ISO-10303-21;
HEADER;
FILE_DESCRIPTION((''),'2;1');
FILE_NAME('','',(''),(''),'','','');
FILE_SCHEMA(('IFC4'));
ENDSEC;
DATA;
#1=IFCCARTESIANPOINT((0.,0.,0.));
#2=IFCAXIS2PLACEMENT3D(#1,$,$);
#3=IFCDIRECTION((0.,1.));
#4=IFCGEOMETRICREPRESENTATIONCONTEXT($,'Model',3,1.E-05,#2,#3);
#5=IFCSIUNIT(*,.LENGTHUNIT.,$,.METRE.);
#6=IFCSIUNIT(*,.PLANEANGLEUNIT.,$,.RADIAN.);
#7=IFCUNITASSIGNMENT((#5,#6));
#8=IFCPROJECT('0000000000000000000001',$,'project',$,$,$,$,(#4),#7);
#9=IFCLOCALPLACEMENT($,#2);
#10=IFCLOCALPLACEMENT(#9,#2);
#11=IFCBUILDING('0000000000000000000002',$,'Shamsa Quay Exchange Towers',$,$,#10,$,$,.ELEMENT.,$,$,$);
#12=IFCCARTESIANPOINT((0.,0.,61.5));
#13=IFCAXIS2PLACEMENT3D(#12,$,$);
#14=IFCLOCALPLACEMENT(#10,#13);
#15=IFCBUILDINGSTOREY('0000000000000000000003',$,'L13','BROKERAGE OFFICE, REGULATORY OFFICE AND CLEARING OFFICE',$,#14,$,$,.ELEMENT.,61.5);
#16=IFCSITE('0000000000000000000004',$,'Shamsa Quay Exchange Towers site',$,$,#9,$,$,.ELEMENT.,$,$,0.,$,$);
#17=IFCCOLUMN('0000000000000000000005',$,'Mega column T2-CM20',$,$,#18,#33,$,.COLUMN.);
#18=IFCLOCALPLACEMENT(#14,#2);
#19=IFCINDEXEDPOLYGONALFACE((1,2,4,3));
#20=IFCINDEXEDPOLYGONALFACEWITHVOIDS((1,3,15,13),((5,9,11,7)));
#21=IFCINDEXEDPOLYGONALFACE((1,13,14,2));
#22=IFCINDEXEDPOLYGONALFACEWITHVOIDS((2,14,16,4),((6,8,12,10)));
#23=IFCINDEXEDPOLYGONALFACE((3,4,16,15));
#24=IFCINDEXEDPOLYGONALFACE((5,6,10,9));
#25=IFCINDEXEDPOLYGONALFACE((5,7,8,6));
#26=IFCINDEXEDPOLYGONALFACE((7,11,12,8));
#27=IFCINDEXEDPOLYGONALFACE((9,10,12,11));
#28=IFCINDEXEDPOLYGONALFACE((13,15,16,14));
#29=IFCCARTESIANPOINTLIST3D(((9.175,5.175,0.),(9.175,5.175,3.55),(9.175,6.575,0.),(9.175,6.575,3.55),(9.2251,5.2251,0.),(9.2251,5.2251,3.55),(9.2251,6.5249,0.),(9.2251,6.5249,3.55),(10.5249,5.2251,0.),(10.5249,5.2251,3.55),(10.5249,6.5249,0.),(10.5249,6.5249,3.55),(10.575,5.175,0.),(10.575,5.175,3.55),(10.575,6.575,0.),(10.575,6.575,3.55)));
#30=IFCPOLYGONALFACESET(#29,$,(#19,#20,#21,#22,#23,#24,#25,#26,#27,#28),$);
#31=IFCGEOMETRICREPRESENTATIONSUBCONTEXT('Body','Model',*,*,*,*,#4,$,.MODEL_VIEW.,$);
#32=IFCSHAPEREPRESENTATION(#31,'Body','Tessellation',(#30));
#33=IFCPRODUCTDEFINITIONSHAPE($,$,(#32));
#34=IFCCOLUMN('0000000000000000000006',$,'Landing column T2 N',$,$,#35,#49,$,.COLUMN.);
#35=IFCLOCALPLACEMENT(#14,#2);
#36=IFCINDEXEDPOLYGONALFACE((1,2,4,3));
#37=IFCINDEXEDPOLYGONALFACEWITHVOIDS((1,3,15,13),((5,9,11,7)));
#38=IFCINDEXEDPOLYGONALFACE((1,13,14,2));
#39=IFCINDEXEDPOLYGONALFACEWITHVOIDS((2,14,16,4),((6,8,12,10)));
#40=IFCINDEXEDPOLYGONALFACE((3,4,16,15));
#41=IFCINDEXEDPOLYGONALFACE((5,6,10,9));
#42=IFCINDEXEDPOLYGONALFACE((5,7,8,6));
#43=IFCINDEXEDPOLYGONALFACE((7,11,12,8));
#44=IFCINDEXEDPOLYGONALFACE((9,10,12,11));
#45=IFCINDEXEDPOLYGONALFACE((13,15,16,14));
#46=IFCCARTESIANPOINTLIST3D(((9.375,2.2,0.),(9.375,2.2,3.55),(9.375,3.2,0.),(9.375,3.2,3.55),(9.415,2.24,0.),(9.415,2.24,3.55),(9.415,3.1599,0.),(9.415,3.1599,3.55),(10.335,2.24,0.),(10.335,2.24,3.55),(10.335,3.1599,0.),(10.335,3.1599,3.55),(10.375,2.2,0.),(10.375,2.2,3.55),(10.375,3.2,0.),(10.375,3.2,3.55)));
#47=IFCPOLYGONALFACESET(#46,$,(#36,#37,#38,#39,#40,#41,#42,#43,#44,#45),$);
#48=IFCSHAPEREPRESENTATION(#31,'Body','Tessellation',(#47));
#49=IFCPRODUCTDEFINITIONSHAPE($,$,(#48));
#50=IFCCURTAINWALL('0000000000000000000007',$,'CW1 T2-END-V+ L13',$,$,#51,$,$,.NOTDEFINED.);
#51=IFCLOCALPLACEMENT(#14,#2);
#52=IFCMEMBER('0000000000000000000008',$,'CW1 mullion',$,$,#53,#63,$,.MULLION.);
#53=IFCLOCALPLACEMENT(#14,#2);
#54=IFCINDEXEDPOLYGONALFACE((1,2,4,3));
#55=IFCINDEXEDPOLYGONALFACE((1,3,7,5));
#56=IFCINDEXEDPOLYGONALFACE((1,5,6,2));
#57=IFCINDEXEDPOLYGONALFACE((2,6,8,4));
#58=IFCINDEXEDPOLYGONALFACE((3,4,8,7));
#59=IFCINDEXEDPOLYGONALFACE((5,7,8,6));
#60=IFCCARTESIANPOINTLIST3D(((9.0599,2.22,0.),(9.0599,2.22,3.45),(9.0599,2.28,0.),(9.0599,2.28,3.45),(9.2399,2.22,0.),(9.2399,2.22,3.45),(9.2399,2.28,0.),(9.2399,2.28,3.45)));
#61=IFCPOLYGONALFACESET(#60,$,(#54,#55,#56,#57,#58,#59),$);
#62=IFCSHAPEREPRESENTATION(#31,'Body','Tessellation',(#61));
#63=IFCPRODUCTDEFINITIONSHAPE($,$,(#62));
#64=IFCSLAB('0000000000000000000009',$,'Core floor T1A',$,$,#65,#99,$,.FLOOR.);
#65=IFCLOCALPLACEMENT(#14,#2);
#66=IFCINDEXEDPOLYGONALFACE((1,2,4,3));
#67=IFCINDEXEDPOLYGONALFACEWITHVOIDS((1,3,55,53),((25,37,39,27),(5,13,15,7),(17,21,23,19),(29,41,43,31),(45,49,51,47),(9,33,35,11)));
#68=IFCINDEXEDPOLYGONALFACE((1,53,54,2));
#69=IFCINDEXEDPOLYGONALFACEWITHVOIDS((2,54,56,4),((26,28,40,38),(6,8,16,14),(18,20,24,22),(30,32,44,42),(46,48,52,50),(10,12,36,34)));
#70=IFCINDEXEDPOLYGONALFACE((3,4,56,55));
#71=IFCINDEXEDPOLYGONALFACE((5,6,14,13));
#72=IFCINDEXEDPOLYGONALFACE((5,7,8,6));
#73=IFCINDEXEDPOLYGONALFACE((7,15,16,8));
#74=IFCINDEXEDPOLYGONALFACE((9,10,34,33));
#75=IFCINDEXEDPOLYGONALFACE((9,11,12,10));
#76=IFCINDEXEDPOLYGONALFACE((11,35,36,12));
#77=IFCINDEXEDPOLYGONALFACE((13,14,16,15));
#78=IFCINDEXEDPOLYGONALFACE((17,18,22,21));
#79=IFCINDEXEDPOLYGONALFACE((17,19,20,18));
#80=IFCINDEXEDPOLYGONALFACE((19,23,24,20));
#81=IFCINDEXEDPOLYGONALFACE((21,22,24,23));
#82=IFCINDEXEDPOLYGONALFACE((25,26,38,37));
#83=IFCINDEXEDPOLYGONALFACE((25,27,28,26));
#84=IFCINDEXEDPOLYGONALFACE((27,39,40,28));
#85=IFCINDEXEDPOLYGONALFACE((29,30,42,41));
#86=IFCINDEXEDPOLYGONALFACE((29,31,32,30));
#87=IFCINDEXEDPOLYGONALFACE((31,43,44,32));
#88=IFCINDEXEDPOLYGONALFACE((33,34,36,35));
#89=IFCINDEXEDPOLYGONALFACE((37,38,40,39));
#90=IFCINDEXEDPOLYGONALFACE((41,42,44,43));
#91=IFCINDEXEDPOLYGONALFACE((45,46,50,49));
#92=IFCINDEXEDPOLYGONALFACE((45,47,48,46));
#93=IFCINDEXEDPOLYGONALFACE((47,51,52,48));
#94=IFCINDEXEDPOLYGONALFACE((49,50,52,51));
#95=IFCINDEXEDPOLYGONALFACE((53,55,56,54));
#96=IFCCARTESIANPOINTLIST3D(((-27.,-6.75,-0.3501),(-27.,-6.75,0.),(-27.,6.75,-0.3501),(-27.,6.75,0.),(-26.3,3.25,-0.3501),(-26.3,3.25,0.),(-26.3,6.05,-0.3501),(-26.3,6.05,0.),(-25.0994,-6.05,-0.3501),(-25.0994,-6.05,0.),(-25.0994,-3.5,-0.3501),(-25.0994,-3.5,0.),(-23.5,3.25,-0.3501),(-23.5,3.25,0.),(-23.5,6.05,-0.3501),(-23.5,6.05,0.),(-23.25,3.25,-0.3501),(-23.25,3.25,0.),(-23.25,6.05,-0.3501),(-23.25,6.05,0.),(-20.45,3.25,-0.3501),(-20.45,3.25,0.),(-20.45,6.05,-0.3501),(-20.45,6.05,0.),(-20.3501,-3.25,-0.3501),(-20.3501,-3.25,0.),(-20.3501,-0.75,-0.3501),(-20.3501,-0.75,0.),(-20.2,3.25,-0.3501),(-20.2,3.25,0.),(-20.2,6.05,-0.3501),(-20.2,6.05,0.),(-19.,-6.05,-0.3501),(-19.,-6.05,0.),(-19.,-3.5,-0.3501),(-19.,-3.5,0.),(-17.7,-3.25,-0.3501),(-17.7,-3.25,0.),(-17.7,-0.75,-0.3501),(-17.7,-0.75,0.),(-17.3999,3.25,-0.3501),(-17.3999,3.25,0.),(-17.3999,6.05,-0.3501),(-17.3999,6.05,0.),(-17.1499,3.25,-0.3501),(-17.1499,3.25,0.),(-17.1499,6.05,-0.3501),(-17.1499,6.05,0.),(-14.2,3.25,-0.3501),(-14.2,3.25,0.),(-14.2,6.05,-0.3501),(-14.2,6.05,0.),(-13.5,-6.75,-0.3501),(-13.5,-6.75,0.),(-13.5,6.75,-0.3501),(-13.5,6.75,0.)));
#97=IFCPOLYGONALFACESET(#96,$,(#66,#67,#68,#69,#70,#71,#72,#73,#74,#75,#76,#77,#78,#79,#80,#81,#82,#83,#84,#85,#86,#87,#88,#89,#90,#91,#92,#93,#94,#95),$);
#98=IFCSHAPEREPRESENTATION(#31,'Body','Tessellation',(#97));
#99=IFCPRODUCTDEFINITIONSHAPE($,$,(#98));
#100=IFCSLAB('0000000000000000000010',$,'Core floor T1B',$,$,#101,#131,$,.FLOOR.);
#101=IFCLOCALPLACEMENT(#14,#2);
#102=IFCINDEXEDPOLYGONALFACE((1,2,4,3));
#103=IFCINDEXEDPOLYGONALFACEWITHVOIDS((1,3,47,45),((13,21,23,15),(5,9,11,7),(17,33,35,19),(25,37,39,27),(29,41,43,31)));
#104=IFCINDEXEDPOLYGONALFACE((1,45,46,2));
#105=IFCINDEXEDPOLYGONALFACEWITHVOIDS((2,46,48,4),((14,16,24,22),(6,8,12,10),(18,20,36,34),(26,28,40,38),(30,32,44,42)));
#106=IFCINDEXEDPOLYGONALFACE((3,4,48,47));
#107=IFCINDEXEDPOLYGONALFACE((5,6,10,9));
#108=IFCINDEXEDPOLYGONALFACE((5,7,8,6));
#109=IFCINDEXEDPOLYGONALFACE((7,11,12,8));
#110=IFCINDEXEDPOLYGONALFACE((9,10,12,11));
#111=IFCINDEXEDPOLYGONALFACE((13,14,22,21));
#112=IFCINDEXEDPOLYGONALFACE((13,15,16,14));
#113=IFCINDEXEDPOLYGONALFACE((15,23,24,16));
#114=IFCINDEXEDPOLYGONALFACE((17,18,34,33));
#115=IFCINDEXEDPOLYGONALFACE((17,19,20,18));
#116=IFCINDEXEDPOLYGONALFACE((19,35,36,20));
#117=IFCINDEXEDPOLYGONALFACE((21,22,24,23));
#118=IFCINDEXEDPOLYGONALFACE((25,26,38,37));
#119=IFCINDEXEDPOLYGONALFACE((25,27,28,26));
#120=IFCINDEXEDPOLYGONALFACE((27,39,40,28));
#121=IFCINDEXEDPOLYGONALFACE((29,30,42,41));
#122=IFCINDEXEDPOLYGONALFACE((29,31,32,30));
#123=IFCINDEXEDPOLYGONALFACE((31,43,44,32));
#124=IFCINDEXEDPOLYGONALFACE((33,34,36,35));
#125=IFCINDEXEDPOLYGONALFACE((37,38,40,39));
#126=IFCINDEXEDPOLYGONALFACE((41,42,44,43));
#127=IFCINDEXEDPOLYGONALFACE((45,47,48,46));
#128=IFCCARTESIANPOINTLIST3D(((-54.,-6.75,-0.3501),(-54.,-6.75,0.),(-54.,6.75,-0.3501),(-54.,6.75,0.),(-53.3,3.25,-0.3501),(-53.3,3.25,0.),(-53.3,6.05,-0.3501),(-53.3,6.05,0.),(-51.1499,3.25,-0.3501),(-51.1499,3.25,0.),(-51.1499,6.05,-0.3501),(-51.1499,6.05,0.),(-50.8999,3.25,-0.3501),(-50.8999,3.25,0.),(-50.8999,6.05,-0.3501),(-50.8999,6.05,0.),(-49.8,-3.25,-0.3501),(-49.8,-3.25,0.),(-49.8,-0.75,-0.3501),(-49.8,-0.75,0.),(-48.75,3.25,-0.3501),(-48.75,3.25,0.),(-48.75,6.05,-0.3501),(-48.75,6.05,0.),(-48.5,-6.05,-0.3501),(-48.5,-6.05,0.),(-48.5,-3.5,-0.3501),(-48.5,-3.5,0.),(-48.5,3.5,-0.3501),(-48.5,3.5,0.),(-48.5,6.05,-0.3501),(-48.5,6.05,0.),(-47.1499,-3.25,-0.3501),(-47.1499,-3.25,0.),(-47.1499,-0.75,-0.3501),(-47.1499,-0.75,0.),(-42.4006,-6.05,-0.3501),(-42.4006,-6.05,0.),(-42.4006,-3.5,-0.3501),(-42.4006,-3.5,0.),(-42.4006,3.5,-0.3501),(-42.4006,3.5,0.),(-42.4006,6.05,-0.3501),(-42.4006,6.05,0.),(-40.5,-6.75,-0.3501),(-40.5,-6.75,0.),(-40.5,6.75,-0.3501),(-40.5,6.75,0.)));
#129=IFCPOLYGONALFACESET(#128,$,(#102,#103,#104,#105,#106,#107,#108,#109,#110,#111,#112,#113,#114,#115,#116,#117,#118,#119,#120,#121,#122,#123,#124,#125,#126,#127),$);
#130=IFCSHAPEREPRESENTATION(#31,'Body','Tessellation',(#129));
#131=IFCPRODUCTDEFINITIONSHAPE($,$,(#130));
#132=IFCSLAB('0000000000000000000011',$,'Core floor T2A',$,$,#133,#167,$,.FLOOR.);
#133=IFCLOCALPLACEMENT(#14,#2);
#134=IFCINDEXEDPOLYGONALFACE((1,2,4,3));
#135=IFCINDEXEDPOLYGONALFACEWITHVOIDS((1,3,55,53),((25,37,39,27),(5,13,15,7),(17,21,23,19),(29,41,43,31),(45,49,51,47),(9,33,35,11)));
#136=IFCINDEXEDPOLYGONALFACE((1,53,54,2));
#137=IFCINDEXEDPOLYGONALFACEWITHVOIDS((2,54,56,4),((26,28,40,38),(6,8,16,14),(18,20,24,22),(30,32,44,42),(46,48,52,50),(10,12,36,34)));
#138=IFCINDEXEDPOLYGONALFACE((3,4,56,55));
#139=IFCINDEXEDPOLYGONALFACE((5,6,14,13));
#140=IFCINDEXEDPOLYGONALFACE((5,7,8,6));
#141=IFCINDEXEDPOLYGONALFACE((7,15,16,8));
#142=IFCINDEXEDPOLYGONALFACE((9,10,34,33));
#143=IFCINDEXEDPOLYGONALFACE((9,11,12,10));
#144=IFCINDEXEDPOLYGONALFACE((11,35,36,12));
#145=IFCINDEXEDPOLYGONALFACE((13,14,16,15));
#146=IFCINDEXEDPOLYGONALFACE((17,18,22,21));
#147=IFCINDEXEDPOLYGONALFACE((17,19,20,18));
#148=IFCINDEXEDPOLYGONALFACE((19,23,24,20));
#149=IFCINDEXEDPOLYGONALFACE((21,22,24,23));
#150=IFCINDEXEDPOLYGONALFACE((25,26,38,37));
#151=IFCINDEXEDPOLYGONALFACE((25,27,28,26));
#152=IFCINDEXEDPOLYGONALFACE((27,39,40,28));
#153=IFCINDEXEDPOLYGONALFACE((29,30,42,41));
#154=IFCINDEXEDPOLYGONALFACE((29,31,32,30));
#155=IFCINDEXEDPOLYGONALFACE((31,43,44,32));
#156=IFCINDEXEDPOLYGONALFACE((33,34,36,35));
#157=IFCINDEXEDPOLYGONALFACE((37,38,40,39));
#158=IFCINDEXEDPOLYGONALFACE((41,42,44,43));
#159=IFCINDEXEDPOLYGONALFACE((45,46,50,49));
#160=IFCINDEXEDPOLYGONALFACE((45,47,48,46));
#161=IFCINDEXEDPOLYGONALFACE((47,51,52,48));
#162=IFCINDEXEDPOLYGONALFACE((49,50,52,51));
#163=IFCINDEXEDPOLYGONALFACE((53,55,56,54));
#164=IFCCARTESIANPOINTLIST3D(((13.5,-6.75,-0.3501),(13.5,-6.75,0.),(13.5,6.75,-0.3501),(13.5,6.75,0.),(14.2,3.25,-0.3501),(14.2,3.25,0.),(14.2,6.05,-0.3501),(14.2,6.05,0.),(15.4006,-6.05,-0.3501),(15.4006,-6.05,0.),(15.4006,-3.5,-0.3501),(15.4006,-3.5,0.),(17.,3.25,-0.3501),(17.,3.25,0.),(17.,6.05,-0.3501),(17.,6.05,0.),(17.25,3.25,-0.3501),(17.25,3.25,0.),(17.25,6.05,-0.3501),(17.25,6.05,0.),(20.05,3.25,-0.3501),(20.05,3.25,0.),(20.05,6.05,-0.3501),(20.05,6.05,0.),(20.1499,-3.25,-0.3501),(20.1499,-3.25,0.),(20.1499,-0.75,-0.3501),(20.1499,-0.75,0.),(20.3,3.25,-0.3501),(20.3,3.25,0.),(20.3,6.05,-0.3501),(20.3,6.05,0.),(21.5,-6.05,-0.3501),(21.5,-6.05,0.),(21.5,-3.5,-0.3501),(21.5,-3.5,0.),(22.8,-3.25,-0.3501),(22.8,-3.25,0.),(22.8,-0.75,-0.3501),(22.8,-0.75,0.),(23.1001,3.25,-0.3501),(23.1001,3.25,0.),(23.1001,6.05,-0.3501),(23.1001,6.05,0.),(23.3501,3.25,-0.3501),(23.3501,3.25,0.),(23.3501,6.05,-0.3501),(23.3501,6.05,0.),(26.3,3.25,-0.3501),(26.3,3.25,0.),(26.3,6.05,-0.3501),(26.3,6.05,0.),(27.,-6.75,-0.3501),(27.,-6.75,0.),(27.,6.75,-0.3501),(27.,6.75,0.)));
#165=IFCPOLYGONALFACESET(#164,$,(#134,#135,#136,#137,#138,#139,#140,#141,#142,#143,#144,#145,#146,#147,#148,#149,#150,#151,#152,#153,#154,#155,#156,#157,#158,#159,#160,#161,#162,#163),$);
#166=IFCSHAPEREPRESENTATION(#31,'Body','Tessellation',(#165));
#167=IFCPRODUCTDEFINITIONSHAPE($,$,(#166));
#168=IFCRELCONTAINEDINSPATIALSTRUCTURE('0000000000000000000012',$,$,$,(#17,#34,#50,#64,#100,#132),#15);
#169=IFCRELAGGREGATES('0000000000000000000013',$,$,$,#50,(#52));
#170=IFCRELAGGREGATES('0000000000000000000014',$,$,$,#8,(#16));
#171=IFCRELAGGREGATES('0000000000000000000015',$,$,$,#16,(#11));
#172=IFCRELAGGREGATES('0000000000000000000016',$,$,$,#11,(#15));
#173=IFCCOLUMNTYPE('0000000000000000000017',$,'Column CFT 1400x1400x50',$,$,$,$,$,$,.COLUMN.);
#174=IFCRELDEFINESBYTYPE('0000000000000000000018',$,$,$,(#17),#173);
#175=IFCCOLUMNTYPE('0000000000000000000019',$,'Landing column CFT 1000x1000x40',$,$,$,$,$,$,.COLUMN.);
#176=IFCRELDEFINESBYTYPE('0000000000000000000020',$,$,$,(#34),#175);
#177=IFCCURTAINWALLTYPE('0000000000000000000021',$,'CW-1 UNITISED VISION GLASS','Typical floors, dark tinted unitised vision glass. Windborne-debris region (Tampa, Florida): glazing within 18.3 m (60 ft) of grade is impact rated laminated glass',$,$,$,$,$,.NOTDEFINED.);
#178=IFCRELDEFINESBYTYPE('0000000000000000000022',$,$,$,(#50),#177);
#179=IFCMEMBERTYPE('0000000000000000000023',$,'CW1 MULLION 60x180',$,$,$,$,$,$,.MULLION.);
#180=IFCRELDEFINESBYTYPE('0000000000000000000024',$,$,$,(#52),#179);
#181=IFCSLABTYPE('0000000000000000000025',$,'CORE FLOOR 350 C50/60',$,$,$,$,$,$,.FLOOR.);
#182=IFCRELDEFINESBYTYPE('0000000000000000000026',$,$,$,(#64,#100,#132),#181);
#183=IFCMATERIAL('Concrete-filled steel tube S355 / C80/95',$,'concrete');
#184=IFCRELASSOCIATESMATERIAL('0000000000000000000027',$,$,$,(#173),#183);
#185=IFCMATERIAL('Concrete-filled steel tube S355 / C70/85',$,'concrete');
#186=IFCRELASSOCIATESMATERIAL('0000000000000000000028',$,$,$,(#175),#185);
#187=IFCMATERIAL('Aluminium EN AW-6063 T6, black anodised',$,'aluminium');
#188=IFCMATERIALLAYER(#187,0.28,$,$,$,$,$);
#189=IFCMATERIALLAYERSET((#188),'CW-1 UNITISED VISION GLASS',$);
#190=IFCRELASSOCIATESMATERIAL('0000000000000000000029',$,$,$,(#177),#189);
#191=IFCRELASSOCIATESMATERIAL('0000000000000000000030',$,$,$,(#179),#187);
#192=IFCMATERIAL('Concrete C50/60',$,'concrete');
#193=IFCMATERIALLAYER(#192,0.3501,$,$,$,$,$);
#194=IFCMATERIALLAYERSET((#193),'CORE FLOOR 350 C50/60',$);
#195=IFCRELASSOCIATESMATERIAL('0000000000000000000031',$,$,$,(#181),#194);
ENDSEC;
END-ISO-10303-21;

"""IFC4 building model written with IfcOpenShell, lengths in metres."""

from ifc_helpers import new_model, si_unit, direction, frame, origin, origin_2d, place, context, subcontext, project, spatial, polyline, rectangle, hollow_rectangle, outline, extrude, material, layer, layer_set, material_profile, profile_set, type_object, element, aggregate, save


model = new_model("IFC4")

# Units and contexts
model_context = context("Model", 3, precision=1e-05, world=origin(), true_north=direction((0.0, 1.0)))
body_context = subcontext(model_context, "Body", "Model", "MODEL_VIEW")
ifc_project = project(units=[si_unit("LENGTHUNIT", "METRE"), si_unit("PLANEANGLEUNIT", "RADIAN")], contexts=[model_context])

# Site, building, storey
site_placement = place(None, origin())
site = spatial("IfcSite", under=ifc_project, at=site_placement, Name="Shamsa Quay Exchange Towers site", CompositionType="ELEMENT", RefElevation=0.0)
building_placement = place(site_placement, origin())
building = spatial("IfcBuilding", under=site, at=building_placement, Name="Shamsa Quay Exchange Towers", CompositionType="ELEMENT")
storey_placement = place(building_placement, frame((0.0, 0.0, 61.5)))
storey = spatial("IfcBuildingStorey", under=building, at=storey_placement, Name="L13", Description="BROKERAGE OFFICE, REGULATORY OFFICE AND CLEARING OFFICE", CompositionType="ELEMENT", Elevation=61.5)

# Columns
ifc_material_1 = material(Name="Concrete-filled steel tube S355 / C80/95", Category="concrete")
ifc_material_profile_1 = material_profile(ifc_material_1, hollow_rectangle(XDim=1.3999, YDim=1.3999, WallThickness=0.05, at=origin_2d()), Name="CFT 1400x1400x50")
ifc_profile_set_1 = profile_set([ifc_material_profile_1], Name="Concrete-filled steel tube S355 / C80/95")
column_type_1 = type_object("IfcColumnType", Name="Column CFT 1400x1400x50", PredefinedType="COLUMN", material=ifc_profile_set_1)
column_1_placement = place(storey_placement, frame((9.875, 5.875, 0.0)))
element("IfcColumn", 1, at=column_1_placement, inside=storey, type_object=column_type_1, Name="Mega column T2-CM20", PredefinedType="COLUMN", context=body_context, shape_type="SweptSolid", body=[
    extrude(hollow_rectangle(XDim=1.3999, YDim=1.3999, WallThickness=0.05, at=origin_2d()), origin(), (0.0, 0.0, 1.0), 3.55),
])
ifc_material_2 = material(Name="Concrete-filled steel tube S355 / C70/85", Category="concrete")
ifc_material_profile_2 = material_profile(ifc_material_2, hollow_rectangle(XDim=1.0, YDim=1.0, WallThickness=0.04, at=origin_2d()), Name="CFT 1000x1000x40")
ifc_profile_set_2 = profile_set([ifc_material_profile_2], Name="Concrete-filled steel tube S355 / C70/85")
column_type_2 = type_object("IfcColumnType", Name="Landing column CFT 1000x1000x40", PredefinedType="COLUMN", material=ifc_profile_set_2)
column_2_placement = place(storey_placement, frame((9.875, 2.7, 0.0)))
element("IfcColumn", 2, at=column_2_placement, inside=storey, type_object=column_type_2, Name="Landing column T2 N", PredefinedType="COLUMN", context=body_context, shape_type="SweptSolid", body=[
    extrude(hollow_rectangle(XDim=1.0, YDim=1.0, WallThickness=0.04, at=origin_2d()), origin(), (0.0, 0.0, 1.0), 3.55),
])

# Curtain wall, member
ifc_material_3 = material(Name="Aluminium EN AW-6063 T6, black anodised", Category="aluminium")
ifc_layer_1 = layer(ifc_material_3, 0.28)
ifc_layer_set_1 = layer_set([ifc_layer_1], Name="CW-1 UNITISED VISION GLASS")
curtain_wall_type_1 = type_object("IfcCurtainWallType", Name="CW-1 UNITISED VISION GLASS", Description="Typical floors, dark tinted unitised vision glass. Windborne-debris region (Tampa, Florida): glazing within 18.3 m (60 ft) of grade is impact rated laminated glass", PredefinedType="NOTDEFINED", material=ifc_layer_set_1)
curtain_wall_1_placement = place(storey_placement, origin())
curtain_wall_1 = element("IfcCurtainWall", 3, at=curtain_wall_1_placement, inside=storey, type_object=curtain_wall_type_1, Name="CW1 T2-END-V+ L13", PredefinedType="NOTDEFINED")
ifc_material_profile_3 = material_profile(ifc_material_3, rectangle(XDim=0.1799, YDim=0.0601, at=origin_2d()), Name="MU60x180")
ifc_profile_set_3 = profile_set([ifc_material_profile_3], Name="Aluminium EN AW-6063 T6, black anodised")
member_type = type_object("IfcMemberType", Name="CW1 MULLION 60x180", PredefinedType="MULLION", material=ifc_profile_set_3)
member_placement = place(storey_placement, frame((9.1499, 2.25, 0.0)))
member = element("IfcMember", 4, at=member_placement, type_object=member_type, Name="CW1 mullion", PredefinedType="MULLION", context=body_context, shape_type="SweptSolid", body=[
    extrude(rectangle(XDim=0.1799, YDim=0.0601, at=origin_2d()), origin(), (0.0, 0.0, 1.0), 3.45),
])

# Slabs
ifc_material_4 = material(Name="Concrete C50/60", Category="concrete")
ifc_layer_2 = layer(ifc_material_4, 0.3501)
ifc_layer_set_2 = layer_set([ifc_layer_2], Name="CORE FLOOR 350 C50/60")
slab_type_1 = type_object("IfcSlabType", Name="CORE FLOOR 350 C50/60", PredefinedType="FLOOR", material=ifc_layer_set_2)
slab_1_placement = place(storey_placement, frame((0.0, 0.0, -0.3501)))
element("IfcSlab", 5, at=slab_1_placement, inside=storey, type_object=slab_type_1, Name="Core floor T1A", PredefinedType="FLOOR", context=body_context, shape_type="SweptSolid", body=[
    extrude(outline(polyline([(-27.0, -6.75), (-13.5, -6.75), (-13.5, 6.75), (-27.0, 6.75), (-27.0, -6.75)]), holes=[polyline([(-25.0994, -6.05), (-25.0994, -3.5), (-19.0, -3.5), (-19.0, -6.05), (-25.0994, -6.05)]), polyline([(-26.3, 3.25), (-26.3, 6.05), (-23.5, 6.05), (-23.5, 3.25), (-26.3, 3.25)]), polyline([(-23.25, 3.25), (-23.25, 6.05), (-20.45, 6.05), (-20.45, 3.25), (-23.25, 3.25)]), polyline([(-20.2, 3.25), (-20.2, 6.05), (-17.3999, 6.05), (-17.3999, 3.25), (-20.2, 3.25)]), polyline([(-17.1499, 3.25), (-17.1499, 6.05), (-14.2, 6.05), (-14.2, 3.25), (-17.1499, 3.25)]), polyline([(-20.3501, -3.25), (-20.3501, -0.75), (-17.7, -0.75), (-17.7, -3.25), (-20.3501, -3.25)])]), origin(), (0.0, 0.0, 1.0), 0.3501),
])
slab_2_placement = place(storey_placement, frame((0.0, 0.0, -0.3501)))
element("IfcSlab", 6, at=slab_2_placement, inside=storey, type_object=slab_type_1, Name="Core floor T1B", PredefinedType="FLOOR", context=body_context, shape_type="SweptSolid", body=[
    extrude(outline(polyline([(-40.5, -6.75), (-40.5, 6.75), (-54.0, 6.75), (-54.0, -6.75), (-40.5, -6.75)]), holes=[polyline([(-42.4006, -3.5), (-42.4006, -6.05), (-48.5, -6.05), (-48.5, -3.5), (-42.4006, -3.5)]), polyline([(-42.4006, 6.05), (-42.4006, 3.5), (-48.5, 3.5), (-48.5, 6.05), (-42.4006, 6.05)]), polyline([(-48.75, 3.25), (-50.8999, 3.25), (-50.8999, 6.05), (-48.75, 6.05), (-48.75, 3.25)]), polyline([(-51.1499, 3.25), (-53.3, 3.25), (-53.3, 6.05), (-51.1499, 6.05), (-51.1499, 3.25)]), polyline([(-47.1499, -3.25), (-49.8, -3.25), (-49.8, -0.75), (-47.1499, -0.75), (-47.1499, -3.25)])]), origin(), (0.0, 0.0, 1.0), 0.3501),
])
slab_3_placement = place(storey_placement, frame((0.0, 0.0, -0.3501)))
element("IfcSlab", 7, at=slab_3_placement, inside=storey, type_object=slab_type_1, Name="Core floor T2A", PredefinedType="FLOOR", context=body_context, shape_type="SweptSolid", body=[
    extrude(outline(polyline([(13.5, -6.75), (27.0, -6.75), (27.0, 6.75), (13.5, 6.75), (13.5, -6.75)]), holes=[polyline([(15.4006, -6.05), (15.4006, -3.5), (21.5, -3.5), (21.5, -6.05), (15.4006, -6.05)]), polyline([(14.2, 3.25), (14.2, 6.05), (17.0, 6.05), (17.0, 3.25), (14.2, 3.25)]), polyline([(17.25, 3.25), (17.25, 6.05), (20.05, 6.05), (20.05, 3.25), (17.25, 3.25)]), polyline([(20.3, 3.25), (20.3, 6.05), (23.1001, 6.05), (23.1001, 3.25), (20.3, 3.25)]), polyline([(23.3501, 3.25), (23.3501, 6.05), (26.3, 6.05), (26.3, 3.25), (23.3501, 3.25)]), polyline([(20.1499, -3.25), (20.1499, -0.75), (22.8, -0.75), (22.8, -3.25), (20.1499, -3.25)])]), origin(), (0.0, 0.0, 1.0), 0.3501),
])

aggregate(curtain_wall_1, [member])

save(model, "model.ifc")
